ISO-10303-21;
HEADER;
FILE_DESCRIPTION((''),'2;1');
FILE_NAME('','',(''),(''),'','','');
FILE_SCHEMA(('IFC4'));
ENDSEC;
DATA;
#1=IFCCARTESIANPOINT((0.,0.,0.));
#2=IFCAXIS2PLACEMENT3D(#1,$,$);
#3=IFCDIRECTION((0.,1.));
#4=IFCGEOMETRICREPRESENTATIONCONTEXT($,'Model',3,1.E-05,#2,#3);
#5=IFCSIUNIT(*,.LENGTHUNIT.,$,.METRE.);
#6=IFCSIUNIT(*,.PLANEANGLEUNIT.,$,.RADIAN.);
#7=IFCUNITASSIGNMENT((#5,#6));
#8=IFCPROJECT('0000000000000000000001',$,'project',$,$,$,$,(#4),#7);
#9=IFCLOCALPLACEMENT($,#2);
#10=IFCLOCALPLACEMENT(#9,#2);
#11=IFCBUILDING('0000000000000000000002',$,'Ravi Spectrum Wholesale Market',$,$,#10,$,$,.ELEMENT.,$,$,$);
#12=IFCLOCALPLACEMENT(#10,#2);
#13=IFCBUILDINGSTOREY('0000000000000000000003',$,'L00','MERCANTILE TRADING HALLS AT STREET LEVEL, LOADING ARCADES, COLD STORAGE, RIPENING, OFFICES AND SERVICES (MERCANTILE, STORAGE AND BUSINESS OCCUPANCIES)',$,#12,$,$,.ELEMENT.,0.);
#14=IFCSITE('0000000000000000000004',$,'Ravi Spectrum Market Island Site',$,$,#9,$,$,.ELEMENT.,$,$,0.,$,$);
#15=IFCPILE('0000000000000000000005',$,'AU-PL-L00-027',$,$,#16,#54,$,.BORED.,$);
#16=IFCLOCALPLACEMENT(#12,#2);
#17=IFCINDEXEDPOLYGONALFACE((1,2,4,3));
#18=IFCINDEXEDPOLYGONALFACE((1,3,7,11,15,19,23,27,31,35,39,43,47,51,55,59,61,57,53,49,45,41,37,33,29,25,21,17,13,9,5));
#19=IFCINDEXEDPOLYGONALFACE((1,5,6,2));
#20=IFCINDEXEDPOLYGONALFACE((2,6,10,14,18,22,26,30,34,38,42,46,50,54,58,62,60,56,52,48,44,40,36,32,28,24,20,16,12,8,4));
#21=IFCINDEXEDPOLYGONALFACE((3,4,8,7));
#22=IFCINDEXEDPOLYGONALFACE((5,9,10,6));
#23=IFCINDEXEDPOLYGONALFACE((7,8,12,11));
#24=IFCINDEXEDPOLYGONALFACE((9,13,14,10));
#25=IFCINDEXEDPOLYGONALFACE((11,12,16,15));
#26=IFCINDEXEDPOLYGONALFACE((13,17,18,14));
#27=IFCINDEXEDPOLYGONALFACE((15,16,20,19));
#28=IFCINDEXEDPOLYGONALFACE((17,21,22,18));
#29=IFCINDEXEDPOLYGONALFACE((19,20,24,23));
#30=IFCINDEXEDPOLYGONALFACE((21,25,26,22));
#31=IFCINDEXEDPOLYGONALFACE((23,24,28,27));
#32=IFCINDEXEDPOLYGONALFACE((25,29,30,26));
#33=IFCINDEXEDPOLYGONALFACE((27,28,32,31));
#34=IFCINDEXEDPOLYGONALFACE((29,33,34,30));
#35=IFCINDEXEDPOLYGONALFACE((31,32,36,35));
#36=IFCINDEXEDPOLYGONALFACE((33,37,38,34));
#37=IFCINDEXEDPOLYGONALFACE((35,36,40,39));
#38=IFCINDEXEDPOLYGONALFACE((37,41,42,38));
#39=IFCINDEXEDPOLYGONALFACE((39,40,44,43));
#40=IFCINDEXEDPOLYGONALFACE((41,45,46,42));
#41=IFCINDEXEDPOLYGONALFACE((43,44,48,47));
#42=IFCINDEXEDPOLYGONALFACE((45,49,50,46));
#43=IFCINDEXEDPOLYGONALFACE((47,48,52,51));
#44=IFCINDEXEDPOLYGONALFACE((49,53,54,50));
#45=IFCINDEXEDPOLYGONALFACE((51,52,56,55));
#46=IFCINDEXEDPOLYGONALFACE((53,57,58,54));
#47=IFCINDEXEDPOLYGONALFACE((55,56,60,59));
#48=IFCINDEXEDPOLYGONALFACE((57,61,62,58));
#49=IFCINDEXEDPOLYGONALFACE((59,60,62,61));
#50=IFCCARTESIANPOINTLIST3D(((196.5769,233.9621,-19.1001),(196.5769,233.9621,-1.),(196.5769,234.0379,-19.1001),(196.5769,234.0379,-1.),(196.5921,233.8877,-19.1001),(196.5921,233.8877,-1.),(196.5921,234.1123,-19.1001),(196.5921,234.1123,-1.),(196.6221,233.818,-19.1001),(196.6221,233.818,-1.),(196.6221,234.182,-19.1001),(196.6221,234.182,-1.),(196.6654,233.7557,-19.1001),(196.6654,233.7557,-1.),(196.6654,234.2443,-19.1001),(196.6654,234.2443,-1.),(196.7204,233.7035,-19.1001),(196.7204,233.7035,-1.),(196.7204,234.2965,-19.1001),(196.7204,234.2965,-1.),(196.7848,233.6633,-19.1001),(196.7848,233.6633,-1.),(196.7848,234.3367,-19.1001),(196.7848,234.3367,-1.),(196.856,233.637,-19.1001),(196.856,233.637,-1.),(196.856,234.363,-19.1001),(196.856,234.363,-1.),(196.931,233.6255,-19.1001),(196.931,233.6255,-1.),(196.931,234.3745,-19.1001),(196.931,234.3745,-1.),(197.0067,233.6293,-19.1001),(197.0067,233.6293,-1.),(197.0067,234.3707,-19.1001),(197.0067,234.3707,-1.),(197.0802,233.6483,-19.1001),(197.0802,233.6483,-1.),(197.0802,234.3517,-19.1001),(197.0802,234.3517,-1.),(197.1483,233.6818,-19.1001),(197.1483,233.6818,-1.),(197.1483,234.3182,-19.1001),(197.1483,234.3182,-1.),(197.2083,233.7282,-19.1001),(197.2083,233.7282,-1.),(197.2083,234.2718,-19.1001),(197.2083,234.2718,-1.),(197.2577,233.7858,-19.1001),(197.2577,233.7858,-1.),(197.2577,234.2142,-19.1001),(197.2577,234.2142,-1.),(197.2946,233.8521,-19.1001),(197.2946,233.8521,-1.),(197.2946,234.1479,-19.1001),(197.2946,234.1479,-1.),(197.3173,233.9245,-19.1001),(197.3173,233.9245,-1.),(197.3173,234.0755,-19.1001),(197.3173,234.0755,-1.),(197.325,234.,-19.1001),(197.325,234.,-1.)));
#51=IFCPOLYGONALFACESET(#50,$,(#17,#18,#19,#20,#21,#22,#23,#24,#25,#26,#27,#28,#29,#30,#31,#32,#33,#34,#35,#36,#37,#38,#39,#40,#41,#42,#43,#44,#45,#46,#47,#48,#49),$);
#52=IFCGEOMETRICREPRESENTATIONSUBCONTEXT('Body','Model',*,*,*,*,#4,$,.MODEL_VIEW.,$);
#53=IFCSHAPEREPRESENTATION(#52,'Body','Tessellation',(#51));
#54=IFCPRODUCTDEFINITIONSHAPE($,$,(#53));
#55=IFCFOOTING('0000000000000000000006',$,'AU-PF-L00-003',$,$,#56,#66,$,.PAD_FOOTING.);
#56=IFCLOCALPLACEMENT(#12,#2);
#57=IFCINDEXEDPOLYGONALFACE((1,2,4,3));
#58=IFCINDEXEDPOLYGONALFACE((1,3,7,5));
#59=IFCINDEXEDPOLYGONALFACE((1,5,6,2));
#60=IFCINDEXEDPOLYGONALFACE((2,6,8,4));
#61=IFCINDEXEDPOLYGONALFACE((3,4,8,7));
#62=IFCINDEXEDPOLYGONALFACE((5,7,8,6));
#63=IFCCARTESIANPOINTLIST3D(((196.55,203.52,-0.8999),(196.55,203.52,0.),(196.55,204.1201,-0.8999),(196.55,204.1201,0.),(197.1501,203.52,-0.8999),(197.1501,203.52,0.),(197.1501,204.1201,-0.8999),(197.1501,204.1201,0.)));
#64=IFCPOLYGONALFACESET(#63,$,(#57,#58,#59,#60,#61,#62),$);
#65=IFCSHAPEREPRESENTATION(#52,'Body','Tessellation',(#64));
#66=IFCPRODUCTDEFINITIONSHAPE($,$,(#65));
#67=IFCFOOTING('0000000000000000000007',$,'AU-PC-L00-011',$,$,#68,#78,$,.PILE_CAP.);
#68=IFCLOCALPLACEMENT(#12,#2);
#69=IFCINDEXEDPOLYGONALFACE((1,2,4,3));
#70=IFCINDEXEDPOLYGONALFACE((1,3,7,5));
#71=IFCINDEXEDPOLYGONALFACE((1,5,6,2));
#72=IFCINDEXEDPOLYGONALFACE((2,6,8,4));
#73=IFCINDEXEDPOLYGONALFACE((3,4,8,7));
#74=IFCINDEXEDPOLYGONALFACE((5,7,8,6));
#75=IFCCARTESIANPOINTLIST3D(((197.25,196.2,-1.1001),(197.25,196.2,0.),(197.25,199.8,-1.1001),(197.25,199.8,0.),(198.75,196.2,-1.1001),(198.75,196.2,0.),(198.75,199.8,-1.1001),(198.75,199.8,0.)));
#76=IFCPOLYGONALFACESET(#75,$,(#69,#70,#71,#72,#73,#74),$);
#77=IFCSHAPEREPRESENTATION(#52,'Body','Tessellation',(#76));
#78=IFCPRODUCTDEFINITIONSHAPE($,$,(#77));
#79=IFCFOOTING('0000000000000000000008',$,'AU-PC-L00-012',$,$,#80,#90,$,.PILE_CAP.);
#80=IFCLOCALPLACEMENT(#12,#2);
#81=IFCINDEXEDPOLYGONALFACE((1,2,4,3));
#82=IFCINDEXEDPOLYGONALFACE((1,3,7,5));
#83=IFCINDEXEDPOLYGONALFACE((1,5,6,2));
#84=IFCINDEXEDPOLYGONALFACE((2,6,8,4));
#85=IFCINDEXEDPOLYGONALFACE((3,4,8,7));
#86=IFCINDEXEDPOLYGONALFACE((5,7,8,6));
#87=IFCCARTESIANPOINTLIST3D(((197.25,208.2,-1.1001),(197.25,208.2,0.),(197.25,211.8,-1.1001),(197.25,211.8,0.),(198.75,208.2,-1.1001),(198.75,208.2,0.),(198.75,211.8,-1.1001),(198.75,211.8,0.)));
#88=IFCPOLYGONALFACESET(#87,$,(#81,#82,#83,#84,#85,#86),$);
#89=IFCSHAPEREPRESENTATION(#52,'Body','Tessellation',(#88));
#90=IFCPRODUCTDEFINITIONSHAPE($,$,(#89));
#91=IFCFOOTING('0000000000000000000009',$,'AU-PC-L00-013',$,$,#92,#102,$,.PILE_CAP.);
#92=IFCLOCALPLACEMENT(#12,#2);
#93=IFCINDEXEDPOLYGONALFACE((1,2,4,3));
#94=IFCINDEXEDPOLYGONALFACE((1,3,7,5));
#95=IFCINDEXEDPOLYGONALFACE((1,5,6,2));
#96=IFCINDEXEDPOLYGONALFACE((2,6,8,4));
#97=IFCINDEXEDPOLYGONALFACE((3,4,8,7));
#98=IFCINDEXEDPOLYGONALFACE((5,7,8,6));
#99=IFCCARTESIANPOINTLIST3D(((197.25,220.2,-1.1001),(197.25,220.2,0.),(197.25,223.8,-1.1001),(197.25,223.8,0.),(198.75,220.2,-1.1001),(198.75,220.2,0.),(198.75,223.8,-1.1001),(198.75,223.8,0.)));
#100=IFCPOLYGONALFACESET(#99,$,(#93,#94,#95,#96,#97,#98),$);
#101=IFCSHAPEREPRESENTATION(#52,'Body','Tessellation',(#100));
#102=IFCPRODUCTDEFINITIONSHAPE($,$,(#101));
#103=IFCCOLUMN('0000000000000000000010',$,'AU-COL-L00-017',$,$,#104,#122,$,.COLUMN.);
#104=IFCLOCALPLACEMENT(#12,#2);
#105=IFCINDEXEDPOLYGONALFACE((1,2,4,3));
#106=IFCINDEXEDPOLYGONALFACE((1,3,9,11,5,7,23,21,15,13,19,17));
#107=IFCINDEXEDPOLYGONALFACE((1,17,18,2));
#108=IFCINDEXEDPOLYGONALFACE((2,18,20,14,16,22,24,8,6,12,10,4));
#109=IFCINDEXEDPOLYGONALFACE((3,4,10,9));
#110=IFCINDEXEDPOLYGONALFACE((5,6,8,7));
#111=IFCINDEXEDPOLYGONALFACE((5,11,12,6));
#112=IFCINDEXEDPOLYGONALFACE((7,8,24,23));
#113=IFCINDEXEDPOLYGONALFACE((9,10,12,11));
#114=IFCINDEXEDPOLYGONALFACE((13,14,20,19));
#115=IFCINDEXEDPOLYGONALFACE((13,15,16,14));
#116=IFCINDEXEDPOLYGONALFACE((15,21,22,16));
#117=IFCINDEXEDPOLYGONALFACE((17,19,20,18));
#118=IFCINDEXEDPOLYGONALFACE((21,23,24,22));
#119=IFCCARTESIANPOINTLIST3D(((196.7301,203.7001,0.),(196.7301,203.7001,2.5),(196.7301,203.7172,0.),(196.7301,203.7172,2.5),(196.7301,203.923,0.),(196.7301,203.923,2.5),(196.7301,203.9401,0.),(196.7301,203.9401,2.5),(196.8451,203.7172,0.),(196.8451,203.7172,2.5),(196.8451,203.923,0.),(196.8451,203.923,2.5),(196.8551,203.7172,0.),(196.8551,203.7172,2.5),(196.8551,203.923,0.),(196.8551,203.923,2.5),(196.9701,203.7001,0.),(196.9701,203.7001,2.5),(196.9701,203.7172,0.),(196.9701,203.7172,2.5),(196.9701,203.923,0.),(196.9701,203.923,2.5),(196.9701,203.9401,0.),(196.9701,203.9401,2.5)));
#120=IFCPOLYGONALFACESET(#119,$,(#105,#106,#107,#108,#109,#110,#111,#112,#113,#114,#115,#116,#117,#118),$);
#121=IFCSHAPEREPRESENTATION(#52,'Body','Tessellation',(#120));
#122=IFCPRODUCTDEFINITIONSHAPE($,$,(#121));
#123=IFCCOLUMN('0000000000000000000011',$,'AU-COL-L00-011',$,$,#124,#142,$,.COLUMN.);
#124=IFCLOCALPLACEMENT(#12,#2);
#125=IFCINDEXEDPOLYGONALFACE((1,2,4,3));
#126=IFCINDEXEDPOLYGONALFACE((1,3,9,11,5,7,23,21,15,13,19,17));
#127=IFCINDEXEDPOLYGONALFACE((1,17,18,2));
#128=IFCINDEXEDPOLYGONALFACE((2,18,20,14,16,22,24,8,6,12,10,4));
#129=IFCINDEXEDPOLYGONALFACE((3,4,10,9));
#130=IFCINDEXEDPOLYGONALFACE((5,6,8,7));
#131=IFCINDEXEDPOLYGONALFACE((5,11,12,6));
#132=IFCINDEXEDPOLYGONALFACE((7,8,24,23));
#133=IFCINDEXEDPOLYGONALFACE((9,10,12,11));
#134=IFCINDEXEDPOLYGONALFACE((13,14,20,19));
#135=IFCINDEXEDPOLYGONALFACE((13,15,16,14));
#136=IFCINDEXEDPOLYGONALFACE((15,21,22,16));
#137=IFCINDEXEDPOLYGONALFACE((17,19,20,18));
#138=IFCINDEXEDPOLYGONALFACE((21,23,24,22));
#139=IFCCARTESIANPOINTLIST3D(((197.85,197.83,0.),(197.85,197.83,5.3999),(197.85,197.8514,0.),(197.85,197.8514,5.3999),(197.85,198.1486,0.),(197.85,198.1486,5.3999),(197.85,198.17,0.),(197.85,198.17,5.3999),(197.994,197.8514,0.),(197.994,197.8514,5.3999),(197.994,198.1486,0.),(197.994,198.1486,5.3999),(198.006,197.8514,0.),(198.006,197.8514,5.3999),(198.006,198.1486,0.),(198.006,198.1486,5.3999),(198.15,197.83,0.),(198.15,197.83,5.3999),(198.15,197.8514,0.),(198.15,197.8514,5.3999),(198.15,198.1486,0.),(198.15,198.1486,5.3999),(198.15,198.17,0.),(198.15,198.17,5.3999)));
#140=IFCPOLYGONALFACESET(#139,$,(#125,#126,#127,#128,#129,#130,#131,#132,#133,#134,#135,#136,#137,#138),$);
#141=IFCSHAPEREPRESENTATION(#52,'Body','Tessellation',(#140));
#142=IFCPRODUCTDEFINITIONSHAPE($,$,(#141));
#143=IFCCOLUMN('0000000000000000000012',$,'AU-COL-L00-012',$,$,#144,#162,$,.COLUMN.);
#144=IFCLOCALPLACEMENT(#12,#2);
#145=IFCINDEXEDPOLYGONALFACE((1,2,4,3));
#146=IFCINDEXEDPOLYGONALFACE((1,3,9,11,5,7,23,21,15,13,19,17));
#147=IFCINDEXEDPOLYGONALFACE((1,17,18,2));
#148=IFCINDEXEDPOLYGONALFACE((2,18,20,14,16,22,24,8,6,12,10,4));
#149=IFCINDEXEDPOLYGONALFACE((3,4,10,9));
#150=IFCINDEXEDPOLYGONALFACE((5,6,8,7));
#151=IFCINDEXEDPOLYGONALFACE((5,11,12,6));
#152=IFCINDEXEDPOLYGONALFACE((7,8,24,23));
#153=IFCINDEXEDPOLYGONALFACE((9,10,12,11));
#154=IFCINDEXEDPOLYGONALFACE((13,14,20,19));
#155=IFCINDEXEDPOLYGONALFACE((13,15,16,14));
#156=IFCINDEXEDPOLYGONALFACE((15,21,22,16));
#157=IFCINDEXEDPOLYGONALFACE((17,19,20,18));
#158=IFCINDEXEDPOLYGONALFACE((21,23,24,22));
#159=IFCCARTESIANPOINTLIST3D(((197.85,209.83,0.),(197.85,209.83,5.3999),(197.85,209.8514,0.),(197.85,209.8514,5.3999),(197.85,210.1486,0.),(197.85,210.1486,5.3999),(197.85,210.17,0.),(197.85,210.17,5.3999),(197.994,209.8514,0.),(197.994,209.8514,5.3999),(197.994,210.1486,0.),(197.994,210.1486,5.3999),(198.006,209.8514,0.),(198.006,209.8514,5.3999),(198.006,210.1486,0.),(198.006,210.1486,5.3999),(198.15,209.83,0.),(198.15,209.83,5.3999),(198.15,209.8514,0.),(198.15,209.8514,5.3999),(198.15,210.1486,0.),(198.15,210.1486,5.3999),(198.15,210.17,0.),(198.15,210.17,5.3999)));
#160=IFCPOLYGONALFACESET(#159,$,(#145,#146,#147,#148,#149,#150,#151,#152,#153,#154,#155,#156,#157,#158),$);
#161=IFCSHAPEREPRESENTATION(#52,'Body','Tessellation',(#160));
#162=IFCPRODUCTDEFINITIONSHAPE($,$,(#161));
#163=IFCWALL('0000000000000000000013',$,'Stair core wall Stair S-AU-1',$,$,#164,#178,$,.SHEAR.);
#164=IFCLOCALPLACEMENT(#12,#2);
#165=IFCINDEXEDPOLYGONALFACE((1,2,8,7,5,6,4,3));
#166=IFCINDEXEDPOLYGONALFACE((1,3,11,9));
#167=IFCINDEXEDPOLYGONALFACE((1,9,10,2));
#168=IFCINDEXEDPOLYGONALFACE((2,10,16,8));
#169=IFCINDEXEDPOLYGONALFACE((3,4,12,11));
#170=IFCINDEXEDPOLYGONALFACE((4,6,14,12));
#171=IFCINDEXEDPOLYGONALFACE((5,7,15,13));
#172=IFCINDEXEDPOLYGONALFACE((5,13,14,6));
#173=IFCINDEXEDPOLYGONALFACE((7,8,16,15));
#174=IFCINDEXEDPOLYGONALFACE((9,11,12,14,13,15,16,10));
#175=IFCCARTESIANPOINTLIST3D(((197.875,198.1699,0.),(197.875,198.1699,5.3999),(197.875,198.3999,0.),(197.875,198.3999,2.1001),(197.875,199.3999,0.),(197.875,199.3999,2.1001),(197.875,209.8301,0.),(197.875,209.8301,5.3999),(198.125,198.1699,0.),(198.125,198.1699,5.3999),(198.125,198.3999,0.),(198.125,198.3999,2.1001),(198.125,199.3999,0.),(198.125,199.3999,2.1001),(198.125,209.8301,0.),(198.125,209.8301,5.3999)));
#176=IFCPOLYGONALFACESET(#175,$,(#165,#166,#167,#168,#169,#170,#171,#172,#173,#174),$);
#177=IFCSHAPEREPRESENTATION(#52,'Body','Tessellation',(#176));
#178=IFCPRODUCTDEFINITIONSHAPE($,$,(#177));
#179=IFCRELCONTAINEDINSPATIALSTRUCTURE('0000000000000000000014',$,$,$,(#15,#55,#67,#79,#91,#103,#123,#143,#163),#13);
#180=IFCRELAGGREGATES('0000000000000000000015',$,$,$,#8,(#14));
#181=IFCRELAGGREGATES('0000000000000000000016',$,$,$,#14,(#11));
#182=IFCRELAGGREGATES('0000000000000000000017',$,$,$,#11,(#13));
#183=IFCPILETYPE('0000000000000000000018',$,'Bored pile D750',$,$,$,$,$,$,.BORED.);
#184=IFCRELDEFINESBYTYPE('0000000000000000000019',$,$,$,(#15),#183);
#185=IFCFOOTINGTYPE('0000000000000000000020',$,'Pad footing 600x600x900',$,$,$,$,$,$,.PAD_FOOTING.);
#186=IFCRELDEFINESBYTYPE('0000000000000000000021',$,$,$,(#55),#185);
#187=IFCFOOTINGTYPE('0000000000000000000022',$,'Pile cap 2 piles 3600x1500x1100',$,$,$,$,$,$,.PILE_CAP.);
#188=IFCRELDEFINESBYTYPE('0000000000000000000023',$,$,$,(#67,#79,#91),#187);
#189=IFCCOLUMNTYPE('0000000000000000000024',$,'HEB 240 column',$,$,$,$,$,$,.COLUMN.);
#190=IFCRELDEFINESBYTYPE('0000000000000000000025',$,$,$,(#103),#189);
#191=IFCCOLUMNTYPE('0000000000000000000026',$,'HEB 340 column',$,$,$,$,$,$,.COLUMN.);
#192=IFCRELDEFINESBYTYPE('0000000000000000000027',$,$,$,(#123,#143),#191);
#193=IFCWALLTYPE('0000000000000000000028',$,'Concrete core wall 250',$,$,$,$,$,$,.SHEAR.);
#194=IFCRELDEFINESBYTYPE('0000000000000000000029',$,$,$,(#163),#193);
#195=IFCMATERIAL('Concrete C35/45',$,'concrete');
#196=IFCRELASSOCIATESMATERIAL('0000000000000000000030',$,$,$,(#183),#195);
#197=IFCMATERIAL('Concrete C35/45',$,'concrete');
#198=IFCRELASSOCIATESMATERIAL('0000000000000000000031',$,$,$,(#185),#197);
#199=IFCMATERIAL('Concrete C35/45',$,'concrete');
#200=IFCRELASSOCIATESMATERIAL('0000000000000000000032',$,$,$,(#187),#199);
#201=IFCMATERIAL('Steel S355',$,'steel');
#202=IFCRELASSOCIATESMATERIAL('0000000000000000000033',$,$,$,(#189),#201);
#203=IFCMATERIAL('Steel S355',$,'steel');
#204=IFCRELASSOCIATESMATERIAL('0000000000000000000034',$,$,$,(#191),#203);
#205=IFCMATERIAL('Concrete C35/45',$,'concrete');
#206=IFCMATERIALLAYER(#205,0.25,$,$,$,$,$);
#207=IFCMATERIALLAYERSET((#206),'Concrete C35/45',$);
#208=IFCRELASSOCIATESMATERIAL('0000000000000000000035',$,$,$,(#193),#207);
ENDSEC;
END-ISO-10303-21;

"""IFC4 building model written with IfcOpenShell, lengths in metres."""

from ifc_helpers import new_model, si_unit, direction, frame, frame_2d, origin, origin_2d, place, context, subcontext, project, spatial, rectangle, circle, i_section, extrude, material, layer, layer_set, material_profile, profile_set, type_object, element, save


model = new_model("IFC4")

# Units and contexts
model_context = context("Model", 3, precision=1e-05, world=origin(), true_north=direction((0.0, 1.0)))
body_context = subcontext(model_context, "Body", "Model", "MODEL_VIEW")
ifc_project = project(units=[si_unit("LENGTHUNIT", "METRE"), si_unit("PLANEANGLEUNIT", "RADIAN")], contexts=[model_context])

# Site, building, storey
site_placement = place(None, origin())
site = spatial("IfcSite", under=ifc_project, at=site_placement, Name="Ravi Spectrum Market Island Site", CompositionType="ELEMENT", RefElevation=0.0)
building_placement = place(site_placement, origin())
building = spatial("IfcBuilding", under=site, at=building_placement, Name="Ravi Spectrum Wholesale Market", CompositionType="ELEMENT")
storey_placement = place(building_placement, origin())
storey = spatial("IfcBuildingStorey", under=building, at=storey_placement, Name="L00", Description="MERCANTILE TRADING HALLS AT STREET LEVEL, LOADING ARCADES, COLD STORAGE, RIPENING, OFFICES AND SERVICES (MERCANTILE, STORAGE AND BUSINESS OCCUPANCIES)", CompositionType="ELEMENT", Elevation=0.0)

# Pile
ifc_material_1 = material(Name="Concrete C35/45", Category="concrete")
ifc_material_profile_1 = material_profile(ifc_material_1, circle(Radius=0.375, at=origin_2d()))
ifc_profile_set_1 = profile_set([ifc_material_profile_1], Name="Concrete C35/45")
pile_type = type_object("IfcPileType", Name="Bored pile D750", PredefinedType="BORED", material=ifc_profile_set_1)
for number, where, z_axis, x_axis, name in (
    (1, (196.95, 234.0, -1.0), (0.0, 0.0, -1.0), (1.0, 0.0, 0.0), "AU-PL-L00-027"),
):
    element("IfcPile", number, at=place(storey_placement, frame(where, z_axis=z_axis, x_axis=x_axis)), inside=storey, type_object=pile_type, Name=name, PredefinedType="BORED", context=body_context, shape_type="SweptSolid", body=[
        extrude(circle(Radius=0.375, at=origin_2d()), origin(), (0.0, 0.0, 1.0), 18.1001),
    ])

# Footings
ifc_material_2 = material(Name="Concrete C35/45", Category="concrete")
footing_type_1 = type_object("IfcFootingType", Name="Pad footing 600x600x900", PredefinedType="PAD_FOOTING", material=ifc_material_2)
footing_placement = place(storey_placement, frame((196.8501, 203.8201, -0.8999), z_axis=(0.0, 0.0, 1.0), x_axis=(1.0, 0.0, 0.0)))
element("IfcFooting", 2, at=footing_placement, inside=storey, type_object=footing_type_1, Name="AU-PF-L00-003", PredefinedType="PAD_FOOTING", context=body_context, shape_type="SweptSolid", body=[
    extrude(rectangle(XDim=0.6001, YDim=0.6001, at=origin_2d()), origin(), (0.0, 0.0, 1.0), 0.8999),
])
ifc_material_3 = material(Name="Concrete C35/45", Category="concrete")
footing_type_2 = type_object("IfcFootingType", Name="Pile cap 2 piles 3600x1500x1100", PredefinedType="PILE_CAP", material=ifc_material_3)
for number, where, z_axis, x_axis, name in (
    (3, (198.0, 198.0, -1.1001), (0.0, 0.0, 1.0), (0.0, 1.0, 0.0), "AU-PC-L00-011"),
    (4, (198.0, 210.0, -1.1001), (0.0, 0.0, 1.0), (0.0, 1.0, 0.0), "AU-PC-L00-012"),
    (5, (198.0, 222.0, -1.1001), (0.0, 0.0, 1.0), (0.0, 1.0, 0.0), "AU-PC-L00-013"),
):
    element("IfcFooting", number, at=place(storey_placement, frame(where, z_axis=z_axis, x_axis=x_axis)), inside=storey, type_object=footing_type_2, Name=name, PredefinedType="PILE_CAP", context=body_context, shape_type="SweptSolid", body=[
        extrude(rectangle(XDim=3.6001, YDim=1.5, at=origin_2d()), origin(), (0.0, 0.0, 1.0), 1.1001),
    ])

# Columns
ifc_material_4 = material(Name="Steel S355", Category="steel")
ifc_material_profile_2 = material_profile(ifc_material_4, i_section(OverallWidth=0.24, OverallDepth=0.24, WebThickness=0.01, FlangeThickness=0.0171, at=origin_2d()))
ifc_profile_set_2 = profile_set([ifc_material_profile_2], Name="Steel S355")
column_type_1 = type_object("IfcColumnType", Name="HEB 240 column", PredefinedType="COLUMN", material=ifc_profile_set_2)
column_placement = place(storey_placement, frame((196.8501, 203.8201, 0.0), z_axis=(0.0, 0.0, 1.0), x_axis=(1.0, 0.0, 0.0)))
element("IfcColumn", 6, at=column_placement, inside=storey, type_object=column_type_1, Name="AU-COL-L00-017", PredefinedType="COLUMN", context=body_context, shape_type="SweptSolid", body=[
    extrude(i_section(OverallWidth=0.24, OverallDepth=0.24, WebThickness=0.01, FlangeThickness=0.0171, at=origin_2d()), origin(), (0.0, 0.0, 1.0), 2.5),
])
ifc_material_5 = material(Name="Steel S355", Category="steel")
ifc_material_profile_3 = material_profile(ifc_material_5, i_section(OverallWidth=0.3, OverallDepth=0.3401, WebThickness=0.012, FlangeThickness=0.0215, at=origin_2d()))
ifc_profile_set_3 = profile_set([ifc_material_profile_3], Name="Steel S355")
column_type_2 = type_object("IfcColumnType", Name="HEB 340 column", PredefinedType="COLUMN", material=ifc_profile_set_3)
for number, where, z_axis, x_axis, name in (
    (7, (198.0, 198.0, 0.0), (0.0, 0.0, 1.0), (1.0, 0.0, 0.0), "AU-COL-L00-011"),
    (8, (198.0, 210.0, 0.0), (0.0, 0.0, 1.0), (1.0, 0.0, 0.0), "AU-COL-L00-012"),
):
    element("IfcColumn", number, at=place(storey_placement, frame(where, z_axis=z_axis, x_axis=x_axis)), inside=storey, type_object=column_type_2, Name=name, PredefinedType="COLUMN", context=body_context, shape_type="SweptSolid", body=[
        extrude(i_section(OverallWidth=0.3, OverallDepth=0.3401, WebThickness=0.012, FlangeThickness=0.0215, at=origin_2d()), origin(), (0.0, 0.0, 1.0), 5.3999),
    ])

# Wall, opening
ifc_material_6 = material(Name="Concrete C35/45", Category="concrete")
ifc_layer = layer(ifc_material_6, 0.25)
ifc_layer_set = layer_set([ifc_layer], Name="Concrete C35/45")
wall_type = type_object("IfcWallType", Name="Concrete core wall 250", PredefinedType="SHEAR", material=ifc_layer_set)
wall_placement = place(storey_placement, frame((198.0, 198.1699, 0.0), z_axis=(0.0, 0.0, 1.0), x_axis=(0.0, 1.0, 0.0)))
wall = element("IfcWall", 9, at=wall_placement, inside=storey, type_object=wall_type, Name="Stair core wall Stair S-AU-1", PredefinedType="SHEAR", context=body_context, shape_type="SweptSolid", body=[
    extrude(rectangle(XDim=11.6602, YDim=0.25, at=frame_2d((5.8301, 0.0))), origin(), (0.0, 0.0, 1.0), 5.3999),
])
opening_placement = place(wall_placement, frame((0.23, 0.0, 0.0)))
element("IfcOpeningElement", 10, at=opening_placement, cuts=wall, PredefinedType="OPENING", context=body_context, shape_type="SweptSolid", body=[
    extrude(rectangle(XDim=1.0, YDim=2.1001, at=frame_2d((0.5, 1.05))), frame((0.0, 0.135, 0.0), z_axis=(0.0, -1.0, 0.0), x_axis=(1.0, 0.0, 0.0)), (0.0, 0.0, 1.0), 0.27),
])

save(model, "model.ifc")
